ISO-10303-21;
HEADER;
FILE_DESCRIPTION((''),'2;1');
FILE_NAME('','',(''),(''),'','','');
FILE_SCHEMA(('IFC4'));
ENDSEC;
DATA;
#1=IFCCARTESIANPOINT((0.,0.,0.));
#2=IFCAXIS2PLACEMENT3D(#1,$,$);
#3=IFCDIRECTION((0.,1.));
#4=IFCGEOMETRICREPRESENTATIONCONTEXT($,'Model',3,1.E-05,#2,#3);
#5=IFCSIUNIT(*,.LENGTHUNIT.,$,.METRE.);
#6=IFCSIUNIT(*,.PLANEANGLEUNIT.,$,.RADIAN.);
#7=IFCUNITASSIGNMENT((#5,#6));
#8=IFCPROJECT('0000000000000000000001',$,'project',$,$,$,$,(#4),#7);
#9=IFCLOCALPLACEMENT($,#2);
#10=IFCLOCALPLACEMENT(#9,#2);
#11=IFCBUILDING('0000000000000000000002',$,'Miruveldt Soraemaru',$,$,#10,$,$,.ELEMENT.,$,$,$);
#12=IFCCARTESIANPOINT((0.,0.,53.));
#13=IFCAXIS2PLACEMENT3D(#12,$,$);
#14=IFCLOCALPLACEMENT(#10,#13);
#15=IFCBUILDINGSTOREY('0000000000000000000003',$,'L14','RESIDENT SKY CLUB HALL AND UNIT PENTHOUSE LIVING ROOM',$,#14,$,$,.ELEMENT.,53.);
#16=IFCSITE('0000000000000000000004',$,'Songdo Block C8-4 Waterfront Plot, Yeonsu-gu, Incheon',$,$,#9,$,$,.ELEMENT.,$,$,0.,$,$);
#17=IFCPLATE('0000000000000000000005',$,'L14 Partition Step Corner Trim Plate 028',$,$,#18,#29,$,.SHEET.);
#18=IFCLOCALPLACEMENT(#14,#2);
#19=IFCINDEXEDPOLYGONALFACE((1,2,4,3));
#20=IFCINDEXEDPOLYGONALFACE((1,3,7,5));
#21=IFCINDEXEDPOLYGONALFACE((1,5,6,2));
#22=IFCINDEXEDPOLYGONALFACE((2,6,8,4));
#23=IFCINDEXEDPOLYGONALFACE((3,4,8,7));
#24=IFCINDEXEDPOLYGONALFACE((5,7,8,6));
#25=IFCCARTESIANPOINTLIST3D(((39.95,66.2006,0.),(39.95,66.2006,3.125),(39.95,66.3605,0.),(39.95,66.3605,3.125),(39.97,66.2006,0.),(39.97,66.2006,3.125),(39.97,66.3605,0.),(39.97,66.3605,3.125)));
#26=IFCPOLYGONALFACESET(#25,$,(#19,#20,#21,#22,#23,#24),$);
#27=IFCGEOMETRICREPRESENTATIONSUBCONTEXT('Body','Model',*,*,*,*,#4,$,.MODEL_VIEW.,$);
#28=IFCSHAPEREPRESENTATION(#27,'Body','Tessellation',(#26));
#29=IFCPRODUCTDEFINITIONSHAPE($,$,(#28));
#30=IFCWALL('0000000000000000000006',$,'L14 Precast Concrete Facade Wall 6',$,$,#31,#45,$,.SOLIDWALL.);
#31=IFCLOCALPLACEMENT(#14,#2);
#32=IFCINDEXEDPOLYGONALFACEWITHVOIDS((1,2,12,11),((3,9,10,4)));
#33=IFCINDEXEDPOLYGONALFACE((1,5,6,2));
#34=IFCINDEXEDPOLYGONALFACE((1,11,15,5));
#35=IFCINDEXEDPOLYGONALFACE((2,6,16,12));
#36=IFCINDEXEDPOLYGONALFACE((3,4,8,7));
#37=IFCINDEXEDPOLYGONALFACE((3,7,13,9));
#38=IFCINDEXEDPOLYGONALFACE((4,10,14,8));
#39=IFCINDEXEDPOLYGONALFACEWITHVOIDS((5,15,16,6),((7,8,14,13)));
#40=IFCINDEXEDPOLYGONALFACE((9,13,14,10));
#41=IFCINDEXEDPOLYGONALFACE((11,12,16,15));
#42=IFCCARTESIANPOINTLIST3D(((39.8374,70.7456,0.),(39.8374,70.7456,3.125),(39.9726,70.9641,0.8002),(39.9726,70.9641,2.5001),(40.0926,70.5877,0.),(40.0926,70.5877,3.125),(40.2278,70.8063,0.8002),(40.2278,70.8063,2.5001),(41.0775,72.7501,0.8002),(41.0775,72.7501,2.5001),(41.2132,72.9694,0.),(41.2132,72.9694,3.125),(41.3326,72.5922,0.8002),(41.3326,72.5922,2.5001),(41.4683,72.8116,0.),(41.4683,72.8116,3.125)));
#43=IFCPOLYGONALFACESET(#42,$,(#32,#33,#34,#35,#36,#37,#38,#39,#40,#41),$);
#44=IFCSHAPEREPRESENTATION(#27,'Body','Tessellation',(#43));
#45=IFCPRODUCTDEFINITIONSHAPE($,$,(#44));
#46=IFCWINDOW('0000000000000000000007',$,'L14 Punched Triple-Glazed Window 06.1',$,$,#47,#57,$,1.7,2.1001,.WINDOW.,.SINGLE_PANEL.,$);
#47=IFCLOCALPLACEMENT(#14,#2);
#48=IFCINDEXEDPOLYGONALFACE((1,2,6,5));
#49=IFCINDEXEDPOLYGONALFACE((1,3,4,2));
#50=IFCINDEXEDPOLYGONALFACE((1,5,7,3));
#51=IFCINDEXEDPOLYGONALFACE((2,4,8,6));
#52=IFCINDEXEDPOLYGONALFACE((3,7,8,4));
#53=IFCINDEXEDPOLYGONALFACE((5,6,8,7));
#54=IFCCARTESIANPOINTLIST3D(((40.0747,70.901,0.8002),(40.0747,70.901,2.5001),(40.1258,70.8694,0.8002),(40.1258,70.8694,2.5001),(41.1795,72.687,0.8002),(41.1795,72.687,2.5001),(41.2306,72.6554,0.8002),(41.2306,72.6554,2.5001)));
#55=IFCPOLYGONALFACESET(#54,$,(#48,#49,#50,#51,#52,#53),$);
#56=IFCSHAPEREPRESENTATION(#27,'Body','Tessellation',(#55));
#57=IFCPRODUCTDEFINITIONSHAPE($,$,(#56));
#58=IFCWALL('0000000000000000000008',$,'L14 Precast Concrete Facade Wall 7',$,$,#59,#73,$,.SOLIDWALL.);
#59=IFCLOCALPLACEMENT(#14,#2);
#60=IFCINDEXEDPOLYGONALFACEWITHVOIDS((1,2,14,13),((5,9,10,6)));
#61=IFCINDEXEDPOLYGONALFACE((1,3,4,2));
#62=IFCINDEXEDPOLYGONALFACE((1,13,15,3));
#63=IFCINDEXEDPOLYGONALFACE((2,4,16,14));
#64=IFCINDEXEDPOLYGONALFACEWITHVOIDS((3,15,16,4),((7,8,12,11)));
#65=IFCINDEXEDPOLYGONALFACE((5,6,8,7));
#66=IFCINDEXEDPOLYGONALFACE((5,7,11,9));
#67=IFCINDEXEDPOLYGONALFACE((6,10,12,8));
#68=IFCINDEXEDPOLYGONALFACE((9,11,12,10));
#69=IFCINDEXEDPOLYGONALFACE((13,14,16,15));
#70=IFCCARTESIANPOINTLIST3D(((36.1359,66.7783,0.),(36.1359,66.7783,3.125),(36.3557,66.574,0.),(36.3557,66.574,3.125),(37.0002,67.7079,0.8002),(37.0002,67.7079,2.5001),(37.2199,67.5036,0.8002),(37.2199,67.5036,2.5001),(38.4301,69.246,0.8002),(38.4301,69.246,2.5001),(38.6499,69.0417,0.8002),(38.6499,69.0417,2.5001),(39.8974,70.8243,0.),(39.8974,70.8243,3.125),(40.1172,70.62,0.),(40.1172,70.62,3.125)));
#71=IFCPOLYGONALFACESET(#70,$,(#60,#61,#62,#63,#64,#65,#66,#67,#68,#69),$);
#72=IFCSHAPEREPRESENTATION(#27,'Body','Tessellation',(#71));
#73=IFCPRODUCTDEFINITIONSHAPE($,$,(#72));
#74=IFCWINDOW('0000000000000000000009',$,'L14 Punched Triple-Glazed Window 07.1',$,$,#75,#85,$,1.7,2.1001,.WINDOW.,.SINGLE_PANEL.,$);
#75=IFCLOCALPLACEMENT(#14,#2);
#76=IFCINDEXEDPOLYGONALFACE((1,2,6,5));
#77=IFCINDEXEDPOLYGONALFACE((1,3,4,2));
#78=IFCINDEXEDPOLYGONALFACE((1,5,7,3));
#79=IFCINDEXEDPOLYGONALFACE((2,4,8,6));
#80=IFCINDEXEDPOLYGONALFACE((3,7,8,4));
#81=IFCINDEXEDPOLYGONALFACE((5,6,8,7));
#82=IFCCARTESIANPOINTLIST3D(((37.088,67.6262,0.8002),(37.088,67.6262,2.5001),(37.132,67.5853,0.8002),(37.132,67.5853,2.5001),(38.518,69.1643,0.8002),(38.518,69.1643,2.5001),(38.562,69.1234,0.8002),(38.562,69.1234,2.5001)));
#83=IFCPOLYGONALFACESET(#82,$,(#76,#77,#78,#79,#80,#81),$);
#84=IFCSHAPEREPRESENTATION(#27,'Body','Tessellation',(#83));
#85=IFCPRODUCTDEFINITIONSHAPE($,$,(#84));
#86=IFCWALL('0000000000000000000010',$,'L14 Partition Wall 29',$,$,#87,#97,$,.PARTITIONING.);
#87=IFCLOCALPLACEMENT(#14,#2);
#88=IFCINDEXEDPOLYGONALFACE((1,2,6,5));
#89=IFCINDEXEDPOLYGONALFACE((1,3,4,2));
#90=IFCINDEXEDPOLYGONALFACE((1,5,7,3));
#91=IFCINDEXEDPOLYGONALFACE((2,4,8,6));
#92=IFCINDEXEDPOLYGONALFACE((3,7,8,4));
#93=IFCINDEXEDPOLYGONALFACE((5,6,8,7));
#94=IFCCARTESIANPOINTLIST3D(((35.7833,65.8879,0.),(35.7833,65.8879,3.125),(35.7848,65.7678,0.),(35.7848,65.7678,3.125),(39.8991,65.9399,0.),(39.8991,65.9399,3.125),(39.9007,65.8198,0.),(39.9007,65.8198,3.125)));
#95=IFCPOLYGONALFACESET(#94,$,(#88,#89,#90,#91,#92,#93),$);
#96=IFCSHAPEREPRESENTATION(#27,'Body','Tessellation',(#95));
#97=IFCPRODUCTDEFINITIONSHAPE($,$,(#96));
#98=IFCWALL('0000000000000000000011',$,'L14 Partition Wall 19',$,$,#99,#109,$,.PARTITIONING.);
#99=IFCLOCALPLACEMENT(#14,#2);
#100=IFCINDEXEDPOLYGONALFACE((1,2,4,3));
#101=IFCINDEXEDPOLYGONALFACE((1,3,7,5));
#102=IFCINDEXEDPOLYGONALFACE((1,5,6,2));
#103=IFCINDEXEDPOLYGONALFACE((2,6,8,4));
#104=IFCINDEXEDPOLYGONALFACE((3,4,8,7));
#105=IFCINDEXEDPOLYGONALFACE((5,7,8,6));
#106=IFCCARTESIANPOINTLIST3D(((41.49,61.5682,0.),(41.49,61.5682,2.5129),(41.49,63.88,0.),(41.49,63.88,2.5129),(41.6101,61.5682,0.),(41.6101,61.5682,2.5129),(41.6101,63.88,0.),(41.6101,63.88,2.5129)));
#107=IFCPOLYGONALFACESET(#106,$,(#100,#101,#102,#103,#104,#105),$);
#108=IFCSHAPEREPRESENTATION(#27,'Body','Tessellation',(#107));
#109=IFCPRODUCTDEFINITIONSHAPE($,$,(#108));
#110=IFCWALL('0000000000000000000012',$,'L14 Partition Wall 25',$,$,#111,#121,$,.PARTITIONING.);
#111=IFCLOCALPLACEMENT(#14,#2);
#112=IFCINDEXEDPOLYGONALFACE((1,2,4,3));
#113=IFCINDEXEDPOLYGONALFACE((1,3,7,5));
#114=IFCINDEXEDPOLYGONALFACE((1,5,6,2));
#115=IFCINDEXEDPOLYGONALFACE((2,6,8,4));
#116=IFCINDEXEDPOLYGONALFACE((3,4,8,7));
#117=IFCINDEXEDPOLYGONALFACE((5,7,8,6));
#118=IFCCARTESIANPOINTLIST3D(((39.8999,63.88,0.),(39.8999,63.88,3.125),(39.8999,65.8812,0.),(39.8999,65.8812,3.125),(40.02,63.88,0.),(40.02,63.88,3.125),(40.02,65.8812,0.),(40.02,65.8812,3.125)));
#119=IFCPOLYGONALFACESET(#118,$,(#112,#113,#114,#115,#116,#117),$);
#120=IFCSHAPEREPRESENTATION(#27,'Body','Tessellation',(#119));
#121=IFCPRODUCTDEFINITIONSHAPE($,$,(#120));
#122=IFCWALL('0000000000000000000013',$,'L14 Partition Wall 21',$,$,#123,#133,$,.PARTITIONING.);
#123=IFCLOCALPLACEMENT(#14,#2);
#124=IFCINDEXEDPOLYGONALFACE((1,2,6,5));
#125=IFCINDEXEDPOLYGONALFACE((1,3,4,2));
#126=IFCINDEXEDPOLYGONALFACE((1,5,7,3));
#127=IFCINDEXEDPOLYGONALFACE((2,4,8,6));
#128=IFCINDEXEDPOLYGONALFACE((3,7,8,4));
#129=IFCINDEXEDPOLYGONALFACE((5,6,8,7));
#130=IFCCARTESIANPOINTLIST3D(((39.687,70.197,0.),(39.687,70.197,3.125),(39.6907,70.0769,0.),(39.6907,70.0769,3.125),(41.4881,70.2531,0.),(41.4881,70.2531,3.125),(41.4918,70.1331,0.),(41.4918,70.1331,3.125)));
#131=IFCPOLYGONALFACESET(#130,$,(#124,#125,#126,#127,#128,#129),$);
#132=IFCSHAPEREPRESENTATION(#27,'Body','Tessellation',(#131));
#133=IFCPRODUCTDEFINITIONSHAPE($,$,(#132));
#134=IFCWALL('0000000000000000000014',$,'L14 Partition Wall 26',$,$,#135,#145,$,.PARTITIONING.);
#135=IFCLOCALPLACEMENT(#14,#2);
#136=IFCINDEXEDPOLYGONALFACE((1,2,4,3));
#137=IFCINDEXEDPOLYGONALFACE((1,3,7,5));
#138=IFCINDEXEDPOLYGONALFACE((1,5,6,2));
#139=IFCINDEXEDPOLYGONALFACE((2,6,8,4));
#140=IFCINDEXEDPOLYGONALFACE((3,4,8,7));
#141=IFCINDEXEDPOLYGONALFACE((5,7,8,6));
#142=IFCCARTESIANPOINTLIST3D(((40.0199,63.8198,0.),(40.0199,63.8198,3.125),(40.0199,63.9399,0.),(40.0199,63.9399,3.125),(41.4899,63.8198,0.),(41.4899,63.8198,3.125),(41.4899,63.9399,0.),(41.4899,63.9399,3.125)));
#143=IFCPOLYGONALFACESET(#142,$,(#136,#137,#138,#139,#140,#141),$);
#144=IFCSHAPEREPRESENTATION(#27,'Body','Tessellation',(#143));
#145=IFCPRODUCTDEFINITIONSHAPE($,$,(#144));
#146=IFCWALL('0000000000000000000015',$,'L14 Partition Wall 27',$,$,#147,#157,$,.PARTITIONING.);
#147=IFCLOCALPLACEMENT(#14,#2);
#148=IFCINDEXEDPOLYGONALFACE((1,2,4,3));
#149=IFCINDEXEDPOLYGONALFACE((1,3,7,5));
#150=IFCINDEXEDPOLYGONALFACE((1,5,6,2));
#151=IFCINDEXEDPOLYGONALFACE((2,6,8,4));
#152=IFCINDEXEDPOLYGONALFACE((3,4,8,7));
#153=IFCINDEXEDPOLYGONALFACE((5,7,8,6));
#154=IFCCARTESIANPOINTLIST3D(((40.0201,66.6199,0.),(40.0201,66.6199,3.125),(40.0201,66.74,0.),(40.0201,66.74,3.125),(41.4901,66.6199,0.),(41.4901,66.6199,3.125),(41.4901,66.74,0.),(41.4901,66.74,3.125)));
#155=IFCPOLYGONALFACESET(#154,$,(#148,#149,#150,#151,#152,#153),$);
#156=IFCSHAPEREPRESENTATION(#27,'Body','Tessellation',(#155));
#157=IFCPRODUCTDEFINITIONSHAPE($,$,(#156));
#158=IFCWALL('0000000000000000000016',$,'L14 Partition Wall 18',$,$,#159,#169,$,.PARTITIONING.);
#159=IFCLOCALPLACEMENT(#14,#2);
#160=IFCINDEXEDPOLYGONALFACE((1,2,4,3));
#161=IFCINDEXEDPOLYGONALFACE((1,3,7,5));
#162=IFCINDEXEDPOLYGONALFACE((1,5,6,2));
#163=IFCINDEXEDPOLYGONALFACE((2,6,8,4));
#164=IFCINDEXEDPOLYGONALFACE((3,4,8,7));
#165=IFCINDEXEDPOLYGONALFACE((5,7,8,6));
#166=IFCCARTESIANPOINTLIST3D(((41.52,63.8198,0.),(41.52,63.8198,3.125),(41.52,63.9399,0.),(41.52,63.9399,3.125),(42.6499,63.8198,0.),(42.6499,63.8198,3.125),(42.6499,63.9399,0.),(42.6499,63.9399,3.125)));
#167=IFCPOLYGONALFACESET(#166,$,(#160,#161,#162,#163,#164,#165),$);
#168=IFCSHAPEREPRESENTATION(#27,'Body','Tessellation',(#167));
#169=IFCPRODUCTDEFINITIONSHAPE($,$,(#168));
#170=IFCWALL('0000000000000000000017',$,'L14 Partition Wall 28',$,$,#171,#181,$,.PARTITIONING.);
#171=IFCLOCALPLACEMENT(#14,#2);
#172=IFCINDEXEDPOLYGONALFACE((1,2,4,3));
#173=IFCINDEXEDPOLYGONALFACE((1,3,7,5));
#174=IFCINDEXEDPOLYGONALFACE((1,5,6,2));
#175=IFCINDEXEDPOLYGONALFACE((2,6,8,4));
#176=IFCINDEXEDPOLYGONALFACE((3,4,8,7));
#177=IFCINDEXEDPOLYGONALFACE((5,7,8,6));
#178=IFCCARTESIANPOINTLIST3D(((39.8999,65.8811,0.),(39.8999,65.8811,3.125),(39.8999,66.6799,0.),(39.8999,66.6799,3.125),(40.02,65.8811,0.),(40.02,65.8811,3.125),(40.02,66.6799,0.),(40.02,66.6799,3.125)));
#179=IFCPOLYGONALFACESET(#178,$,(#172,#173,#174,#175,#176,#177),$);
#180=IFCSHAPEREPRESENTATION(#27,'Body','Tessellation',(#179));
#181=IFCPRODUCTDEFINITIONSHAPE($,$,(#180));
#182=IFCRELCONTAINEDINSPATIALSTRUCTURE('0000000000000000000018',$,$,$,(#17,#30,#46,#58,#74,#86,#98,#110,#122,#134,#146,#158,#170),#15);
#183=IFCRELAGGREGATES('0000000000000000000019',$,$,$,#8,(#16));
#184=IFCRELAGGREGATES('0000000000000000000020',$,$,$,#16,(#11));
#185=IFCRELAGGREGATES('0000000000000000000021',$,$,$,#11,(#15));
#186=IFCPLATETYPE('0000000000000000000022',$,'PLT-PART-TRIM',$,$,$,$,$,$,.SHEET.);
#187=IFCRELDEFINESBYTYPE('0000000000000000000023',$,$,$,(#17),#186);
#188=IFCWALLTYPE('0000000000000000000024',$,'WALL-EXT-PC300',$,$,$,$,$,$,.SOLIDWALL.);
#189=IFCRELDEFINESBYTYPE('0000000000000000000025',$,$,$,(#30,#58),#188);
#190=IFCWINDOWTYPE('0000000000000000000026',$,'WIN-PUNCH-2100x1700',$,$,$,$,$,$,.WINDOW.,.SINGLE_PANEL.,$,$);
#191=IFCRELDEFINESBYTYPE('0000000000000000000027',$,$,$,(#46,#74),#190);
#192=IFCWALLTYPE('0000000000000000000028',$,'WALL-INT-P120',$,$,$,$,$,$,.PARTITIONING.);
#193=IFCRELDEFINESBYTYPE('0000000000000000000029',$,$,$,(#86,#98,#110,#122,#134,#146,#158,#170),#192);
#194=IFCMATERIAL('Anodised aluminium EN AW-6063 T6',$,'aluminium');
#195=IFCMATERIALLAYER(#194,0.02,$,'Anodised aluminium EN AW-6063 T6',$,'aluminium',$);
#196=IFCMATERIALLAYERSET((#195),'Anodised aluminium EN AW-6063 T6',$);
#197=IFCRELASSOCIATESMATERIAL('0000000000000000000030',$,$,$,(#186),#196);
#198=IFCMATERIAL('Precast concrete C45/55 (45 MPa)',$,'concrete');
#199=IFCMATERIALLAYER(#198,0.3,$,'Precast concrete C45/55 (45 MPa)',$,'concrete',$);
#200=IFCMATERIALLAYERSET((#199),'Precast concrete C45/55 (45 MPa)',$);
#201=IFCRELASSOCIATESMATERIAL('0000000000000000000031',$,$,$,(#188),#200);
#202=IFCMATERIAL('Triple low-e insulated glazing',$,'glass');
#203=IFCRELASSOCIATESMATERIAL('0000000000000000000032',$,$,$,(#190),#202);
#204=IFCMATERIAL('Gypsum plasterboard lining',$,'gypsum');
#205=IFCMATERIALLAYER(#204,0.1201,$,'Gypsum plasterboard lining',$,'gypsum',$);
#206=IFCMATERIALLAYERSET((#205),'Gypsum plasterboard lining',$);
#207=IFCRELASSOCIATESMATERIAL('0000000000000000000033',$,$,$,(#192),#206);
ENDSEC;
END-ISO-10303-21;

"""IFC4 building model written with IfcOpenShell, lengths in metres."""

from ifc_helpers import new_model, si_unit, direction, frame, frame_2d, origin, origin_2d, place, context, subcontext, project, spatial, rectangle, extrude, material, layer, layer_set, type_object, element, fill, save


model = new_model("IFC4")

# Units and contexts
model_context = context("Model", 3, precision=1e-05, world=origin(), true_north=direction((0.0, 1.0)))
body_context = subcontext(model_context, "Body", "Model", "MODEL_VIEW")
ifc_project = project(units=[si_unit("LENGTHUNIT", "METRE"), si_unit("PLANEANGLEUNIT", "RADIAN")], contexts=[model_context])

# Site, building, storey
site_placement = place(None, origin())
site = spatial("IfcSite", under=ifc_project, at=site_placement, Name="Songdo Block C8-4 Waterfront Plot, Yeonsu-gu, Incheon", CompositionType="ELEMENT", RefElevation=0.0)
building_placement = place(site_placement, origin())
building = spatial("IfcBuilding", under=site, at=building_placement, Name="Miruveldt Soraemaru", CompositionType="ELEMENT")
storey_placement = place(building_placement, frame((0.0, 0.0, 53.0)))
storey = spatial("IfcBuildingStorey", under=building, at=storey_placement, Name="L14", Description="RESIDENT SKY CLUB HALL AND UNIT PENTHOUSE LIVING ROOM", CompositionType="ELEMENT", Elevation=53.0)

# Plate
ifc_material_1 = material(Name="Anodised aluminium EN AW-6063 T6", Category="aluminium")
ifc_layer_1 = layer(ifc_material_1, 0.02, Name="Anodised aluminium EN AW-6063 T6", Category="aluminium")
ifc_layer_set_1 = layer_set([ifc_layer_1], Name="Anodised aluminium EN AW-6063 T6")
plate_type = type_object("IfcPlateType", Name="PLT-PART-TRIM", PredefinedType="SHEET", material=ifc_layer_set_1)
plate_placement = place(storey_placement, frame((39.96, 66.2805, 0.0), z_axis=(0.0, 0.0, 1.0), x_axis=(0.0, -1.0, 0.0)))
element("IfcPlate", 1, at=plate_placement, inside=storey, type_object=plate_type, Name="L14 Partition Step Corner Trim Plate 028", PredefinedType="SHEET", context=body_context, shape_type="SweptSolid", body=[
    extrude(rectangle(XDim=0.1599, YDim=0.02, at=origin_2d()), origin(), (0.0, 0.0, 1.0), 3.125),
])

# Walls, openings, windows
ifc_material_2 = material(Name="Precast concrete C45/55 (45 MPa)", Category="concrete")
ifc_layer_2 = layer(ifc_material_2, 0.3, Name="Precast concrete C45/55 (45 MPa)", Category="concrete")
ifc_layer_set_2 = layer_set([ifc_layer_2], Name="Precast concrete C45/55 (45 MPa)")
wall_type_1 = type_object("IfcWallType", Name="WALL-EXT-PC300", PredefinedType="SOLIDWALL", material=ifc_layer_set_2)
wall_1_placement = place(storey_placement, frame((41.3408, 72.8906, 0.0), z_axis=(0.0, 0.0, 1.0), x_axis=(-0.526091, -0.850428, 0.0)))
wall_1 = element("IfcWall", 2, at=wall_1_placement, inside=storey, type_object=wall_type_1, Name="L14 Precast Concrete Facade Wall 6", PredefinedType="SOLIDWALL", context=body_context, shape_type="SweptSolid", body=[
    extrude(rectangle(XDim=2.615, YDim=0.3, at=frame_2d((1.3076, 0.0))), origin(), (0.0, 0.0, 1.0), 3.125),
])
opening_1_placement = place(wall_1_placement, frame((0.2581, 0.0, 0.8)))
opening_1 = element("IfcOpeningElement", 3, at=opening_1_placement, cuts=wall_1, PredefinedType="OPENING", context=body_context, shape_type="SweptSolid", body=[
    extrude(rectangle(XDim=2.1001, YDim=1.7, at=frame_2d((1.05, 0.8501))), frame((0.0, 0.1602, 0.0), z_axis=(0.0, -1.0, 0.0), x_axis=(1.0, 0.0, 0.0)), (0.0, 0.0, 1.0), 0.3201),
])
ifc_material_3 = material(Name="Triple low-e insulated glazing", Category="glass")
window_type = type_object("IfcWindowType", Name="WIN-PUNCH-2100x1700", PartitioningType="SINGLE_PANEL", PredefinedType="WINDOW", material=ifc_material_3)
window_1_placement = place(opening_1_placement, origin())
window_1 = element("IfcWindow", 4, at=window_1_placement, inside=storey, type_object=window_type, Name="L14 Punched Triple-Glazed Window 06.1", OverallHeight=1.7, OverallWidth=2.1001, PartitioningType="SINGLE_PANEL", PredefinedType="WINDOW", context=body_context, shape_type="SweptSolid", body=[
    extrude(rectangle(XDim=2.1001, YDim=1.7, at=frame_2d((1.05, 0.8501))), frame((0.0, 0.03, 0.0), z_axis=(0.0, -1.0, 0.0), x_axis=(1.0, 0.0, 0.0)), (0.0, 0.0, 1.0), 0.0601),
])
fill(opening_1, window_1)
wall_2_placement = place(storey_placement, frame((40.0073, 70.7222, 0.0), z_axis=(0.0, 0.0, 1.0), x_axis=(-0.680895, -0.732381, 0.0)))
wall_2 = element("IfcWall", 5, at=wall_2_placement, inside=storey, type_object=wall_type_1, Name="L14 Precast Concrete Facade Wall 7", PredefinedType="SOLIDWALL", context=body_context, shape_type="SweptSolid", body=[
    extrude(rectangle(XDim=5.5244, YDim=0.3, at=frame_2d((2.7622, 0.0))), origin(), (0.0, 0.0, 1.0), 3.125),
])
opening_2_placement = place(wall_2_placement, frame((2.155, 0.0, 0.8)))
opening_2 = element("IfcOpeningElement", 6, at=opening_2_placement, cuts=wall_2, PredefinedType="OPENING", context=body_context, shape_type="SweptSolid", body=[
    extrude(rectangle(XDim=2.1001, YDim=1.7, at=frame_2d((1.05, 0.8501))), frame((0.0, 0.1602, 0.0), z_axis=(0.0, -1.0, 0.0), x_axis=(1.0, 0.0, 0.0)), (0.0, 0.0, 1.0), 0.3201),
])
window_2_placement = place(opening_2_placement, origin())
window_2 = element("IfcWindow", 7, at=window_2_placement, inside=storey, type_object=window_type, Name="L14 Punched Triple-Glazed Window 07.1", OverallHeight=1.7, OverallWidth=2.1001, PartitioningType="SINGLE_PANEL", PredefinedType="WINDOW", context=body_context, shape_type="SweptSolid", body=[
    extrude(rectangle(XDim=2.1001, YDim=1.7, at=frame_2d((1.05, 0.8501))), frame((0.0, 0.03, 0.0), z_axis=(0.0, -1.0, 0.0), x_axis=(1.0, 0.0, 0.0)), (0.0, 0.0, 1.0), 0.0601),
])
fill(opening_2, window_2)

# Walls
ifc_material_4 = material(Name="Gypsum plasterboard lining", Category="gypsum")
ifc_layer_3 = layer(ifc_material_4, 0.1201, Name="Gypsum plasterboard lining", Category="gypsum")
ifc_layer_set_3 = layer_set([ifc_layer_3], Name="Gypsum plasterboard lining")
wall_type_2 = type_object("IfcWallType", Name="WALL-INT-P120", PredefinedType="PARTITIONING", material=ifc_layer_set_3)
wall_3_placement = place(storey_placement, frame((39.8999, 65.8799, 0.0), z_axis=(0.0, 0.0, 1.0), x_axis=(-0.99992, -0.012633, 0.0)))
element("IfcWall", 8, at=wall_3_placement, inside=storey, type_object=wall_type_2, Name="L14 Partition Wall 29", PredefinedType="PARTITIONING", context=body_context, shape_type="SweptSolid", body=[
    extrude(rectangle(XDim=4.1162, YDim=0.1201, at=frame_2d((2.0581, 0.0))), origin(), (0.0, 0.0, 1.0), 3.125),
])
wall_4_placement = place(storey_placement, frame((41.55, 63.8799, 0.0), z_axis=(0.0, 0.0, 1.0), x_axis=(0.0, -1.0, 0.0)))
element("IfcWall", 9, at=wall_4_placement, inside=storey, type_object=wall_type_2, Name="L14 Partition Wall 19", PredefinedType="PARTITIONING", context=body_context, shape_type="SweptSolid", body=[
    extrude(rectangle(XDim=2.3118, YDim=0.1201, at=frame_2d((1.1558, 0.0))), origin(), (0.0, 0.0, 1.0), 2.5129),
])
wall_5_placement = place(storey_placement, frame((39.96, 65.8811, 0.0), z_axis=(0.0, 0.0, 1.0), x_axis=(0.0, -1.0, 0.0)))
element("IfcWall", 10, at=wall_5_placement, inside=storey, type_object=wall_type_2, Name="L14 Partition Wall 25", PredefinedType="PARTITIONING", context=body_context, shape_type="SweptSolid", body=[
    extrude(rectangle(XDim=2.0012, YDim=0.1201, at=frame_2d((1.0005, 0.0))), origin(), (0.0, 0.0, 1.0), 3.125),
])
wall_6_placement = place(storey_placement, frame((39.689, 70.137, 0.0), z_axis=(0.0, 0.0, 1.0), x_axis=(0.999514, 0.031163, 0.0)))
element("IfcWall", 11, at=wall_6_placement, inside=storey, type_object=wall_type_2, Name="L14 Partition Wall 21", PredefinedType="PARTITIONING", context=body_context, shape_type="SweptSolid", body=[
    extrude(rectangle(XDim=1.802, YDim=0.1201, at=frame_2d((0.9009, 0.0))), origin(), (0.0, 0.0, 1.0), 3.125),
])
for number, where, z_axis, x_axis, name in (
    (12, (40.02, 63.8799, 0.0), (0.0, 0.0, 1.0), (1.0, 0.0, 0.0), "L14 Partition Wall 26"),
    (13, (41.49, 66.6799, 0.0), (0.0, 0.0, 1.0), (-1.0, 0.0, 0.0), "L14 Partition Wall 27"),
):
    element("IfcWall", number, at=place(storey_placement, frame(where, z_axis=z_axis, x_axis=x_axis)), inside=storey, type_object=wall_type_2, Name=name, PredefinedType="PARTITIONING", context=body_context, shape_type="SweptSolid", body=[
        extrude(rectangle(XDim=1.47, YDim=0.1201, at=frame_2d((0.7349, 0.0))), origin(), (0.0, 0.0, 1.0), 3.125),
    ])
wall_7_placement = place(storey_placement, frame((41.52, 63.8799, 0.0), z_axis=(0.0, 0.0, 1.0), x_axis=(1.0, 0.0, 0.0)))
element("IfcWall", 14, at=wall_7_placement, inside=storey, type_object=wall_type_2, Name="L14 Partition Wall 18", PredefinedType="PARTITIONING", context=body_context, shape_type="SweptSolid", body=[
    extrude(rectangle(XDim=1.1299, YDim=0.1201, at=frame_2d((0.5649, 0.0))), origin(), (0.0, 0.0, 1.0), 3.125),
])
wall_8_placement = place(storey_placement, frame((39.96, 66.6799, 0.0), z_axis=(0.0, 0.0, 1.0), x_axis=(0.0, -1.0, 0.0)))
element("IfcWall", 15, at=wall_8_placement, inside=storey, type_object=wall_type_2, Name="L14 Partition Wall 28", PredefinedType="PARTITIONING", context=body_context, shape_type="SweptSolid", body=[
    extrude(rectangle(XDim=0.7988, YDim=0.1201, at=frame_2d((0.3994, 0.0))), origin(), (0.0, 0.0, 1.0), 3.125),
])

save(model, "model.ifc")
